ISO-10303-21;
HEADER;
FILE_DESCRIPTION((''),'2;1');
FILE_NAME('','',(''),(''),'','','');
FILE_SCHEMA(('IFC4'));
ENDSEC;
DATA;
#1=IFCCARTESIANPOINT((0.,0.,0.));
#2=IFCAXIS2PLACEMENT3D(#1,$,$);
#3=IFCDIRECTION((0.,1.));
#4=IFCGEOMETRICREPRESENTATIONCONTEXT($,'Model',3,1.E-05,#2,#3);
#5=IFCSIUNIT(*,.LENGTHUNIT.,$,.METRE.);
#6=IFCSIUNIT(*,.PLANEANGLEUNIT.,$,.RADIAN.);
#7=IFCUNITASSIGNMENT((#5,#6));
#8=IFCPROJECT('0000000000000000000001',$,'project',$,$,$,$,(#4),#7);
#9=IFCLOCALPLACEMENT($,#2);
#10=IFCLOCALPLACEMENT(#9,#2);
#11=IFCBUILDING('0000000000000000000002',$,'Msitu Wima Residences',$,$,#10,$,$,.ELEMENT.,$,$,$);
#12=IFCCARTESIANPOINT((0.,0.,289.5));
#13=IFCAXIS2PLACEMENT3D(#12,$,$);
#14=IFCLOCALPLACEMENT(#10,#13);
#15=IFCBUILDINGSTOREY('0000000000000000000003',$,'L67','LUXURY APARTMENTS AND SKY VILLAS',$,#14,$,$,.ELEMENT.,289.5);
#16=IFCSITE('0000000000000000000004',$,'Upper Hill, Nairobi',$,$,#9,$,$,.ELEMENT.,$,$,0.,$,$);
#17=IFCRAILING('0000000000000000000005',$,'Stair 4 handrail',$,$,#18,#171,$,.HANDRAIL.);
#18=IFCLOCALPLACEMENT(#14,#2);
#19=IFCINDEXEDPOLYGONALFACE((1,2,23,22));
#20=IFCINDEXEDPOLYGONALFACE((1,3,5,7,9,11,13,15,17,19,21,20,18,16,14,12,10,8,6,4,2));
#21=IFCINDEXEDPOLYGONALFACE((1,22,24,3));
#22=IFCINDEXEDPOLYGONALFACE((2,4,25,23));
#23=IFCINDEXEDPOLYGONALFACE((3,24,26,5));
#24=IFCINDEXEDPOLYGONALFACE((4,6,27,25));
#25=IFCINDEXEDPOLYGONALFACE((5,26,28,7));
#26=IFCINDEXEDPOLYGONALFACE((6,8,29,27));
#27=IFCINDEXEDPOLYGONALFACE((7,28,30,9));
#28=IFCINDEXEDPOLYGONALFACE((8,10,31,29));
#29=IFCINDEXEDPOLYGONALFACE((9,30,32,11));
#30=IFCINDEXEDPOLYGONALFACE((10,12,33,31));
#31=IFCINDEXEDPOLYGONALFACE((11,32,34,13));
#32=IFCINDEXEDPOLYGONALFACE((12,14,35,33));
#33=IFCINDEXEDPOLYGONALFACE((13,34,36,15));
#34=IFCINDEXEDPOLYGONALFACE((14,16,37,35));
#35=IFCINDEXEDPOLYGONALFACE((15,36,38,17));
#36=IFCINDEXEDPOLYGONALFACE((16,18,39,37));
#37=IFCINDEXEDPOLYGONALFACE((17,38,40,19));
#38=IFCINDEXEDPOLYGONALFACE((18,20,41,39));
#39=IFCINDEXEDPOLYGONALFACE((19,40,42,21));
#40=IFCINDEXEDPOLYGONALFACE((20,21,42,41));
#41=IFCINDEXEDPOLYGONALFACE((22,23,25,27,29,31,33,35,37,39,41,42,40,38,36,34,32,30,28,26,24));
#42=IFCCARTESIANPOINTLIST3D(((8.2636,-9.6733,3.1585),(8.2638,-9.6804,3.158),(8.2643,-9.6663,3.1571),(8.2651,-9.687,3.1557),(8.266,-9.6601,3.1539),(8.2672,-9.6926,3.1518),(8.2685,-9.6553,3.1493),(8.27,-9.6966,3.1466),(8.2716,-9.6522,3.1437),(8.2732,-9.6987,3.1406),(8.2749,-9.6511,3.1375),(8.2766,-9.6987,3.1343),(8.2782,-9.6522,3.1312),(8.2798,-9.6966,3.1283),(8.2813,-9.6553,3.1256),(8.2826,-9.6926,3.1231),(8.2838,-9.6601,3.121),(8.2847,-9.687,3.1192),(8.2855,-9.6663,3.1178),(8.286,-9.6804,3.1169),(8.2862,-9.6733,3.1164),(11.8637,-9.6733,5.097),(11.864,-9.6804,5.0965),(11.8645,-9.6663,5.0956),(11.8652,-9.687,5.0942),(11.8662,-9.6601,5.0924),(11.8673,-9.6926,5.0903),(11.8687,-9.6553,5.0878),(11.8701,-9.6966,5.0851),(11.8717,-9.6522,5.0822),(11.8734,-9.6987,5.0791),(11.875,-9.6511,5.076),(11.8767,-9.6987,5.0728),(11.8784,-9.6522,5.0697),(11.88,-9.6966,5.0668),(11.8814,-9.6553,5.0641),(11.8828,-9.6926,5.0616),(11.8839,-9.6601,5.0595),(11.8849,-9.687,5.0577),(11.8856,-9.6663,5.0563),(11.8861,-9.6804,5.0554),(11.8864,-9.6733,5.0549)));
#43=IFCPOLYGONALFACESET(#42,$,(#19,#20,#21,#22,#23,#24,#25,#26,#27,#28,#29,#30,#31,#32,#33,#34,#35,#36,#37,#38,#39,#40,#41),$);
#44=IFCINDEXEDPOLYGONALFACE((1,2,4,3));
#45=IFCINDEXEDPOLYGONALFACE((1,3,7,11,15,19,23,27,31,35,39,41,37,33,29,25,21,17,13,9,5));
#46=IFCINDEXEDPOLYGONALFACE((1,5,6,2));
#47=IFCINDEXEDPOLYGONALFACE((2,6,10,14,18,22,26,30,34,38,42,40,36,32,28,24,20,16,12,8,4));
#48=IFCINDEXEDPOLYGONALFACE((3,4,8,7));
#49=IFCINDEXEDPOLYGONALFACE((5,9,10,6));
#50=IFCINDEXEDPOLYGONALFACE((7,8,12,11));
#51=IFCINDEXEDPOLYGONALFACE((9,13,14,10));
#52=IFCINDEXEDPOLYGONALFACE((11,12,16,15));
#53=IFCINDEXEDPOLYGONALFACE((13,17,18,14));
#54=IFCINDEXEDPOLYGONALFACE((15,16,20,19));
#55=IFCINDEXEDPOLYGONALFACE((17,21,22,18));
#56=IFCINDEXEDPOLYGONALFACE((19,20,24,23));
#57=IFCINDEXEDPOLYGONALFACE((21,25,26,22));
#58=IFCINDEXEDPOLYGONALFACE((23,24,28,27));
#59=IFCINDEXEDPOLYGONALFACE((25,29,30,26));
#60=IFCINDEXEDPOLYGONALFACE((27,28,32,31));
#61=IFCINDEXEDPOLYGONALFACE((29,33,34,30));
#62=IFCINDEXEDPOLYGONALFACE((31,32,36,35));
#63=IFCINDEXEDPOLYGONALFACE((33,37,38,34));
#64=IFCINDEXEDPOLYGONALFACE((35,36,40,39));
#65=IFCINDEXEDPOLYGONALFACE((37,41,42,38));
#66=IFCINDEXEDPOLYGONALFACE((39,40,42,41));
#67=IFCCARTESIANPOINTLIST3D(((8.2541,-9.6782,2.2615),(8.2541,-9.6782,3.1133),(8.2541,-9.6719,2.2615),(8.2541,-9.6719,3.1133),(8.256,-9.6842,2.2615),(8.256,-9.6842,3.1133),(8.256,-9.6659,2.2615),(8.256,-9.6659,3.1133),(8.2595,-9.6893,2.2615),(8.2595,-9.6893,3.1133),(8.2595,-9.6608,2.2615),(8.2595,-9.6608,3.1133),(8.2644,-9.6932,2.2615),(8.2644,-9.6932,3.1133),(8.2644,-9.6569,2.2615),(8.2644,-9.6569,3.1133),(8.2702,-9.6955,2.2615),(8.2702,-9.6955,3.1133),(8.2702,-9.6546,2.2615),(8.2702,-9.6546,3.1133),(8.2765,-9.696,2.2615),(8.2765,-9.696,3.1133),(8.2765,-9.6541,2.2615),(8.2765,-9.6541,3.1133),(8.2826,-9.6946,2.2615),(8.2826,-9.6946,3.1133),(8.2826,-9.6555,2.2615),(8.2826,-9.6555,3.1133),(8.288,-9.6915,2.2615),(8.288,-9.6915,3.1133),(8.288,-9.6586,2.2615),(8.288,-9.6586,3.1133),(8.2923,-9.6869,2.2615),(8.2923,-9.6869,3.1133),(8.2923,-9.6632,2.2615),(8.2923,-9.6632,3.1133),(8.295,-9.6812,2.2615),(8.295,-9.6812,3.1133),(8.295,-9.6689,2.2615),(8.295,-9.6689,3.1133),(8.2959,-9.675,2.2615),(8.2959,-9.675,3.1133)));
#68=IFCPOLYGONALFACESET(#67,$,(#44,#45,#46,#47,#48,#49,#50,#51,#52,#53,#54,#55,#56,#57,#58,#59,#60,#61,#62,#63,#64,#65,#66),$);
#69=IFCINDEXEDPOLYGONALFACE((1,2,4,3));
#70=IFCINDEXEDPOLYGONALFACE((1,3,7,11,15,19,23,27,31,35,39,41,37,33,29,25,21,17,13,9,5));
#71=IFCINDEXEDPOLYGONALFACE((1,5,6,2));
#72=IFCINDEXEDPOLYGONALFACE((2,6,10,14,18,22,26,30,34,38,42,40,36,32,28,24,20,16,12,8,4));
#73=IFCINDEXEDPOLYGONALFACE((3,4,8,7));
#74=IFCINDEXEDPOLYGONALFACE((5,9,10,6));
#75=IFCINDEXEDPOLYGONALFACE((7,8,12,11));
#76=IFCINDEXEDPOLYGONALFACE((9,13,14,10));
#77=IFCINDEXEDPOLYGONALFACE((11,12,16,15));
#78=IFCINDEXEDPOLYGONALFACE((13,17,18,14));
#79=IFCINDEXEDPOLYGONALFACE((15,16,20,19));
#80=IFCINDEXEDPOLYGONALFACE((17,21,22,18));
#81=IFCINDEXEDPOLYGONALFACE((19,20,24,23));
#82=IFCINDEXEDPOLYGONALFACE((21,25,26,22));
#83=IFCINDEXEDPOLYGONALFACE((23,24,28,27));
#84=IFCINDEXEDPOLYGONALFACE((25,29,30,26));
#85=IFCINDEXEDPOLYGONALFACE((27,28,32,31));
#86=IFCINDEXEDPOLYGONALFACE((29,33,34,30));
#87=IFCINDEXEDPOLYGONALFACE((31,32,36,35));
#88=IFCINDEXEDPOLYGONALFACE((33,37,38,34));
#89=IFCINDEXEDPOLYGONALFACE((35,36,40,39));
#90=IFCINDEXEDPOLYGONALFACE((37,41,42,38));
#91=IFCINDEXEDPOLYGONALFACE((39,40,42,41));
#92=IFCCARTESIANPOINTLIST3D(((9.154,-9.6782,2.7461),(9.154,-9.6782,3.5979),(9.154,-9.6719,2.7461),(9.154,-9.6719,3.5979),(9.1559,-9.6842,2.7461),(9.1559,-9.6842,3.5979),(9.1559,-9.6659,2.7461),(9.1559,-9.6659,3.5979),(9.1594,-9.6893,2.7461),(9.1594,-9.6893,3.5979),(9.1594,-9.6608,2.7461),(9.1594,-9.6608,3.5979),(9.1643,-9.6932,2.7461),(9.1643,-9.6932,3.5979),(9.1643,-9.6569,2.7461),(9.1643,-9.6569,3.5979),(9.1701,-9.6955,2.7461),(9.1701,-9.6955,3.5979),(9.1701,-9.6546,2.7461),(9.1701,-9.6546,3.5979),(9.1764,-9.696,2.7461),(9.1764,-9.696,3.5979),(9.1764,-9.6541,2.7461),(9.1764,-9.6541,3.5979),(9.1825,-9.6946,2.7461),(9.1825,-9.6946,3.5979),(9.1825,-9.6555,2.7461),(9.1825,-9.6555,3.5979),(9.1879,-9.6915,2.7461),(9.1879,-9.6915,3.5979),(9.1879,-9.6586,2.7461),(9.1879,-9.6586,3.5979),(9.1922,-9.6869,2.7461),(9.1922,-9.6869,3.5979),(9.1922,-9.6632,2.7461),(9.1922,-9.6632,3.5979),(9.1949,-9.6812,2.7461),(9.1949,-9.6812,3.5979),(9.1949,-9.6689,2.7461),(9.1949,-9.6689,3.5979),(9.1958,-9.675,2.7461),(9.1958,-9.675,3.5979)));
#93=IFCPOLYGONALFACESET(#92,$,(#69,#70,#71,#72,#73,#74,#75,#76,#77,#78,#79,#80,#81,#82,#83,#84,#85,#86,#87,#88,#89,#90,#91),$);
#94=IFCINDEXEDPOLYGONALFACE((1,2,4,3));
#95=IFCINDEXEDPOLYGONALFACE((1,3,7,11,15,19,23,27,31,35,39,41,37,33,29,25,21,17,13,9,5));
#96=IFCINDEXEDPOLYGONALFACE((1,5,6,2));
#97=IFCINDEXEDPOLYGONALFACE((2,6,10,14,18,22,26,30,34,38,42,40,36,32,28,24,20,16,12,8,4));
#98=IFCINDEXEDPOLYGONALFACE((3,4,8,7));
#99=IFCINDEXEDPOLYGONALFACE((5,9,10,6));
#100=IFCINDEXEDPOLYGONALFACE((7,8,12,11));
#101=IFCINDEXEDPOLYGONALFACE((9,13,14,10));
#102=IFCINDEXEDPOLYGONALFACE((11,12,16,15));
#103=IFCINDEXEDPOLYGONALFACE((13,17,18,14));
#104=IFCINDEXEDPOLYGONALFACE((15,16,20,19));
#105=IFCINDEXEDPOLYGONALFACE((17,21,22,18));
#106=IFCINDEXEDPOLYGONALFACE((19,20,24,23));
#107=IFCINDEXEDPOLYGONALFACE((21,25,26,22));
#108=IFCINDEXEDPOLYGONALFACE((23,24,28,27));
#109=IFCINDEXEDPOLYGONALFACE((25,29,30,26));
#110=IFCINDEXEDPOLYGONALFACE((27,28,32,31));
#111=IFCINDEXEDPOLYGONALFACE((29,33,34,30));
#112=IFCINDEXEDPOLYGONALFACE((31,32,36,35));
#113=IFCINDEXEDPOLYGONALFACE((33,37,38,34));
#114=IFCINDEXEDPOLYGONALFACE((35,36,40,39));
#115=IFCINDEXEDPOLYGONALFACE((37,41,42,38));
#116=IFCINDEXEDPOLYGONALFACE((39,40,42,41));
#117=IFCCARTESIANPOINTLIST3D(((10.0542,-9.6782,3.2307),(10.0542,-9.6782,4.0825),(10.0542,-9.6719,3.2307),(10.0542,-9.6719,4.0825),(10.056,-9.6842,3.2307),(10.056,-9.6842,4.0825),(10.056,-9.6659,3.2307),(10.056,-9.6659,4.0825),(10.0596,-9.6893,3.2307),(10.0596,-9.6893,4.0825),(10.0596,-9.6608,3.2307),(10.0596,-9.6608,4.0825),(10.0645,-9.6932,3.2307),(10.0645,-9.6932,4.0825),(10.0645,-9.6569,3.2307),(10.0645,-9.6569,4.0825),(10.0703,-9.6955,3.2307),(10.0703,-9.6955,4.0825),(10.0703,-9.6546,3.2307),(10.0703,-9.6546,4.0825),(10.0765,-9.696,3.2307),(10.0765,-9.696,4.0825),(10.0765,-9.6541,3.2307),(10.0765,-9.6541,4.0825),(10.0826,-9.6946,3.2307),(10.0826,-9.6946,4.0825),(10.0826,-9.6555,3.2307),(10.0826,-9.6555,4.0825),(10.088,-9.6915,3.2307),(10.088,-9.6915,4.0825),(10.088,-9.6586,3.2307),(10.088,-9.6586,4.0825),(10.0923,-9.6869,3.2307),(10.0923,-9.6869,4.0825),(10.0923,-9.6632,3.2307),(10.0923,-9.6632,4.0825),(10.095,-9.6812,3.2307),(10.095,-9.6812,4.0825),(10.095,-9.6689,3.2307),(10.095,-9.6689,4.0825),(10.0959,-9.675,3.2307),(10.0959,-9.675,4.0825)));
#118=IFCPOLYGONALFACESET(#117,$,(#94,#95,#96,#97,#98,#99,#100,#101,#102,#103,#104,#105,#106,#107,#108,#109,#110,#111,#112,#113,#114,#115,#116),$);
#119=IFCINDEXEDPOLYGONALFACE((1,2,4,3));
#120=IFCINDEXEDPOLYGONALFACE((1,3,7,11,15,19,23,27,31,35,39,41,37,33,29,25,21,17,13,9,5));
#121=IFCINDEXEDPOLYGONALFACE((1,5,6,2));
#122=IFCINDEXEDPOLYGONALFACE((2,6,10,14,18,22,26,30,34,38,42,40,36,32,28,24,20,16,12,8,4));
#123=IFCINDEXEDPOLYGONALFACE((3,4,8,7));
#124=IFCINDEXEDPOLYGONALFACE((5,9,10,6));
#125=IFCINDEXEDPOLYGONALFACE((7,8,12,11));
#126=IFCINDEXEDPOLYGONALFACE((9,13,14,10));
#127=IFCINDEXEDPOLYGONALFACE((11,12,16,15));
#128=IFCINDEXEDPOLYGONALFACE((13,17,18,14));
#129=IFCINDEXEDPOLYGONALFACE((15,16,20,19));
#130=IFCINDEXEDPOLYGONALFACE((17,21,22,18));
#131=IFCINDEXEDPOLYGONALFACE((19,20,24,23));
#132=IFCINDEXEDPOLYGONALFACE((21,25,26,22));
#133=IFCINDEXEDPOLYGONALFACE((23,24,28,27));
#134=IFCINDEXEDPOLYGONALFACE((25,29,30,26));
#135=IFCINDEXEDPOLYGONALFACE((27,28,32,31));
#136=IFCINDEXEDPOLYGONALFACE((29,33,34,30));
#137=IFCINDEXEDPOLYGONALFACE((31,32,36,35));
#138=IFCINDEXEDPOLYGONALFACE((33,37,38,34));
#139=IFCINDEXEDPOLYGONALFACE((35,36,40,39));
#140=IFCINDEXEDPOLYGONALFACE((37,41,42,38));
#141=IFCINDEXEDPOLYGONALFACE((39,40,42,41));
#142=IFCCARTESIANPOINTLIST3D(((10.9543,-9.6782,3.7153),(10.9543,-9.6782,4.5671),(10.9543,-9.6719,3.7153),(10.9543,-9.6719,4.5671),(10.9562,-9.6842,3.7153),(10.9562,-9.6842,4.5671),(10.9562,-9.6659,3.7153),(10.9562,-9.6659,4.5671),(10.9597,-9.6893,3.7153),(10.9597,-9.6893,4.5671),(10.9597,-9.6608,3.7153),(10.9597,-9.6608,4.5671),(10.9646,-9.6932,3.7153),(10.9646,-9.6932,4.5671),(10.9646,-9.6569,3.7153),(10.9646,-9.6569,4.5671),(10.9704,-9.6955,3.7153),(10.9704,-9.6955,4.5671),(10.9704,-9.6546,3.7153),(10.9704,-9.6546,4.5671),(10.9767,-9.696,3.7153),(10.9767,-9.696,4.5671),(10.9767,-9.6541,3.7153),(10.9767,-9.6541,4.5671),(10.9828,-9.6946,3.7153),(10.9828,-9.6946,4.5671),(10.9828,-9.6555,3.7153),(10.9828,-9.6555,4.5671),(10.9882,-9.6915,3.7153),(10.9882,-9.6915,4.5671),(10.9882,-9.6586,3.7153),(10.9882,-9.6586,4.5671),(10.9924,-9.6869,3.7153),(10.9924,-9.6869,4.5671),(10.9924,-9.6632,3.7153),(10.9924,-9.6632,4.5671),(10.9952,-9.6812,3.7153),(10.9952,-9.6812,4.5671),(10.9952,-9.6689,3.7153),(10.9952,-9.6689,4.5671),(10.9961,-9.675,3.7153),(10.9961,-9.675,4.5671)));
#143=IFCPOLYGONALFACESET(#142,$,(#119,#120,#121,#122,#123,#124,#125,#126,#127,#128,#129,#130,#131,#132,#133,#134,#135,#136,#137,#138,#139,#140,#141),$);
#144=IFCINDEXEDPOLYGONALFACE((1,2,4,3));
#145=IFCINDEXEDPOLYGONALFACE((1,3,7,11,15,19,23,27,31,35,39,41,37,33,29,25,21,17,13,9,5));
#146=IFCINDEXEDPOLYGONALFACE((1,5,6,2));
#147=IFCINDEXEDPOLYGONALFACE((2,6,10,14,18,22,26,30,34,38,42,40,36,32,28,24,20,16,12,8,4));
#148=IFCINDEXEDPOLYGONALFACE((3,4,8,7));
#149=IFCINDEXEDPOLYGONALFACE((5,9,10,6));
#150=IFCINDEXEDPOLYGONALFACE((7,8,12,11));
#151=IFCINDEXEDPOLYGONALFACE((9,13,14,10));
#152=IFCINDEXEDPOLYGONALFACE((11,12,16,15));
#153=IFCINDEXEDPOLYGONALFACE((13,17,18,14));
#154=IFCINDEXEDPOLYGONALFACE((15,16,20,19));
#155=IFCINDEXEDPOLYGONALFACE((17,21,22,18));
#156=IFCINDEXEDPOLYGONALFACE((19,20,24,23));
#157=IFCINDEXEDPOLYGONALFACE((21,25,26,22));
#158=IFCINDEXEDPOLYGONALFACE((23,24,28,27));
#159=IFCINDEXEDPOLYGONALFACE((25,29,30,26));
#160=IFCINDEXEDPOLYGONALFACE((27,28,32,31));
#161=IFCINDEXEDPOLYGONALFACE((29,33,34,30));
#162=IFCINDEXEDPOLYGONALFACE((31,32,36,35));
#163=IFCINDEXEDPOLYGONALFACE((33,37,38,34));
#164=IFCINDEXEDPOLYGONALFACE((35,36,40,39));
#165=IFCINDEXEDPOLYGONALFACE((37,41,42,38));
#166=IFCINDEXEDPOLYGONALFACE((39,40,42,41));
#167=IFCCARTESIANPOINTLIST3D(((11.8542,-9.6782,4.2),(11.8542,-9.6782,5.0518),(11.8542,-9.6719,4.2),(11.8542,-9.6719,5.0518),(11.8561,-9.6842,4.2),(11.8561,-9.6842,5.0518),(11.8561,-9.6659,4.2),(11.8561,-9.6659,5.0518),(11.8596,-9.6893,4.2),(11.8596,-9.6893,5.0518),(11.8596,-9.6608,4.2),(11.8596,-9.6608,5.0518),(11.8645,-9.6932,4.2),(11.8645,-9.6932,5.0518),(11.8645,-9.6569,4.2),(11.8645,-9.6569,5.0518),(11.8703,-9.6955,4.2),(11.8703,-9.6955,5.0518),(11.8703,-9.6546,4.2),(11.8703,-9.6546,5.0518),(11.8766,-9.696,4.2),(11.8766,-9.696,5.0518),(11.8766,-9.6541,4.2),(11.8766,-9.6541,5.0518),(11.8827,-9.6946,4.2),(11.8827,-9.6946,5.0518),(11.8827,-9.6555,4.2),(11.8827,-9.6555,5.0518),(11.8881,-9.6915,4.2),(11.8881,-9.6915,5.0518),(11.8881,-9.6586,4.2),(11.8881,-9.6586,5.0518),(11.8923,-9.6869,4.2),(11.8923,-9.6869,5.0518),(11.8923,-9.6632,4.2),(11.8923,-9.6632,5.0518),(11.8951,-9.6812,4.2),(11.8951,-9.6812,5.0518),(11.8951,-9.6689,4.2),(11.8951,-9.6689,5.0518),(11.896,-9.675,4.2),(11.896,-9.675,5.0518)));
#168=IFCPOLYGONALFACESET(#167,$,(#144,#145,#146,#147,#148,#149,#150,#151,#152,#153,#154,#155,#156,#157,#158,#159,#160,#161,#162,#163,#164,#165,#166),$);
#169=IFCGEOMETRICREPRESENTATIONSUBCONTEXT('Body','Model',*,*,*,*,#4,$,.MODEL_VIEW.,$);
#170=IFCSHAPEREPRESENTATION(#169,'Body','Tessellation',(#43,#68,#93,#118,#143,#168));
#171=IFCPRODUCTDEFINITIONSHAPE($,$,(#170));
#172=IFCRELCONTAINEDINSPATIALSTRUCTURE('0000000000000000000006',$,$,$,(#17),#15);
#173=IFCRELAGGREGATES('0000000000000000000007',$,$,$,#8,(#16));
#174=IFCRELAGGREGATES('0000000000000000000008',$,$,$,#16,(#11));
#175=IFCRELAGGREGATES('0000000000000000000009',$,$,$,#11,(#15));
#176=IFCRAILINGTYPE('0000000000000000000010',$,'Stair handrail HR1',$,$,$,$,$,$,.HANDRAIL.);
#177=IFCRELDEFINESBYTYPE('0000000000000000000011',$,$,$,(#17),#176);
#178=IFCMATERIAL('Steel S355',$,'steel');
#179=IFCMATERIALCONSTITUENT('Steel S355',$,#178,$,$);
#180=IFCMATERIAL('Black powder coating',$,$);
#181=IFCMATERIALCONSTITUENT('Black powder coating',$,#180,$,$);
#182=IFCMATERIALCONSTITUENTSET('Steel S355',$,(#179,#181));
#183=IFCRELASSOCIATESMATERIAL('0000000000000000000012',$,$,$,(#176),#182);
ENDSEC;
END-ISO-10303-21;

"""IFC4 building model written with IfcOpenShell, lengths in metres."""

from ifc_helpers import new_model, si_unit, direction, frame, origin, origin_2d, place, context, subcontext, project, spatial, circle, extrude, material, constituent, constituent_set, type_object, element, save


model = new_model("IFC4")

# Units and contexts
model_context = context("Model", 3, precision=1e-05, world=origin(), true_north=direction((0.0, 1.0)))
body_context = subcontext(model_context, "Body", "Model", "MODEL_VIEW")
ifc_project = project(units=[si_unit("LENGTHUNIT", "METRE"), si_unit("PLANEANGLEUNIT", "RADIAN")], contexts=[model_context])

# Site, building, storey
site_placement = place(None, origin())
site = spatial("IfcSite", under=ifc_project, at=site_placement, Name="Upper Hill, Nairobi", CompositionType="ELEMENT", RefElevation=0.0)
building_placement = place(site_placement, origin())
building = spatial("IfcBuilding", under=site, at=building_placement, Name="Msitu Wima Residences", CompositionType="ELEMENT")
storey_placement = place(building_placement, frame((0.0, 0.0, 289.5)))
storey = spatial("IfcBuildingStorey", under=building, at=storey_placement, Name="L67", Description="LUXURY APARTMENTS AND SKY VILLAS", CompositionType="ELEMENT", Elevation=289.5)

# Railing
ifc_material_1 = material(Name="Steel S355", Category="steel")
ifc_constituent_1 = constituent(ifc_material_1, Name="Steel S355")
ifc_material_2 = material(Name="Black powder coating")
ifc_constituent_2 = constituent(ifc_material_2, Name="Black powder coating")
ifc_constituent_set = constituent_set(constituents=[ifc_constituent_1, ifc_constituent_2], Name="Steel S355")
railing_type = type_object("IfcRailingType", Name="Stair handrail HR1", PredefinedType="HANDRAIL", material=ifc_constituent_set)
for number, where, name in (
    (1, (8.2749, -9.675, 2.2615), "Stair 4 handrail"),
):
    element("IfcRailing", number, at=place(storey_placement, frame(where)), inside=storey, type_object=railing_type, Name=name, PredefinedType="HANDRAIL", context=body_context, shape_type="SweptSolid", body=[
        extrude(circle(Radius=0.0239, at=origin_2d()), frame((0.0, 0.0, 0.876), z_axis=(0.880475, 0.0, 0.474093), x_axis=(0.0, 1.0, 0.0)), (0.0, 0.0, 1.0), 4.0889),
        extrude(circle(Radius=0.021, at=origin_2d()), origin(), (0.0, 0.0, 1.0), 0.8518),
        extrude(circle(Radius=0.021, at=origin_2d()), frame((0.8999, 0.0, 0.4846)), (0.0, 0.0, 1.0), 0.8518),
        extrude(circle(Radius=0.021, at=origin_2d()), frame((1.8, 0.0, 0.9692)), (0.0, 0.0, 1.0), 0.8518),
        extrude(circle(Radius=0.021, at=origin_2d()), frame((2.7002, 0.0, 1.4539)), (0.0, 0.0, 1.0), 0.8518),
        extrude(circle(Radius=0.021, at=origin_2d()), frame((3.6001, 0.0, 1.9385)), (0.0, 0.0, 1.0), 0.8518),
    ])

save(model, "model.ifc")
